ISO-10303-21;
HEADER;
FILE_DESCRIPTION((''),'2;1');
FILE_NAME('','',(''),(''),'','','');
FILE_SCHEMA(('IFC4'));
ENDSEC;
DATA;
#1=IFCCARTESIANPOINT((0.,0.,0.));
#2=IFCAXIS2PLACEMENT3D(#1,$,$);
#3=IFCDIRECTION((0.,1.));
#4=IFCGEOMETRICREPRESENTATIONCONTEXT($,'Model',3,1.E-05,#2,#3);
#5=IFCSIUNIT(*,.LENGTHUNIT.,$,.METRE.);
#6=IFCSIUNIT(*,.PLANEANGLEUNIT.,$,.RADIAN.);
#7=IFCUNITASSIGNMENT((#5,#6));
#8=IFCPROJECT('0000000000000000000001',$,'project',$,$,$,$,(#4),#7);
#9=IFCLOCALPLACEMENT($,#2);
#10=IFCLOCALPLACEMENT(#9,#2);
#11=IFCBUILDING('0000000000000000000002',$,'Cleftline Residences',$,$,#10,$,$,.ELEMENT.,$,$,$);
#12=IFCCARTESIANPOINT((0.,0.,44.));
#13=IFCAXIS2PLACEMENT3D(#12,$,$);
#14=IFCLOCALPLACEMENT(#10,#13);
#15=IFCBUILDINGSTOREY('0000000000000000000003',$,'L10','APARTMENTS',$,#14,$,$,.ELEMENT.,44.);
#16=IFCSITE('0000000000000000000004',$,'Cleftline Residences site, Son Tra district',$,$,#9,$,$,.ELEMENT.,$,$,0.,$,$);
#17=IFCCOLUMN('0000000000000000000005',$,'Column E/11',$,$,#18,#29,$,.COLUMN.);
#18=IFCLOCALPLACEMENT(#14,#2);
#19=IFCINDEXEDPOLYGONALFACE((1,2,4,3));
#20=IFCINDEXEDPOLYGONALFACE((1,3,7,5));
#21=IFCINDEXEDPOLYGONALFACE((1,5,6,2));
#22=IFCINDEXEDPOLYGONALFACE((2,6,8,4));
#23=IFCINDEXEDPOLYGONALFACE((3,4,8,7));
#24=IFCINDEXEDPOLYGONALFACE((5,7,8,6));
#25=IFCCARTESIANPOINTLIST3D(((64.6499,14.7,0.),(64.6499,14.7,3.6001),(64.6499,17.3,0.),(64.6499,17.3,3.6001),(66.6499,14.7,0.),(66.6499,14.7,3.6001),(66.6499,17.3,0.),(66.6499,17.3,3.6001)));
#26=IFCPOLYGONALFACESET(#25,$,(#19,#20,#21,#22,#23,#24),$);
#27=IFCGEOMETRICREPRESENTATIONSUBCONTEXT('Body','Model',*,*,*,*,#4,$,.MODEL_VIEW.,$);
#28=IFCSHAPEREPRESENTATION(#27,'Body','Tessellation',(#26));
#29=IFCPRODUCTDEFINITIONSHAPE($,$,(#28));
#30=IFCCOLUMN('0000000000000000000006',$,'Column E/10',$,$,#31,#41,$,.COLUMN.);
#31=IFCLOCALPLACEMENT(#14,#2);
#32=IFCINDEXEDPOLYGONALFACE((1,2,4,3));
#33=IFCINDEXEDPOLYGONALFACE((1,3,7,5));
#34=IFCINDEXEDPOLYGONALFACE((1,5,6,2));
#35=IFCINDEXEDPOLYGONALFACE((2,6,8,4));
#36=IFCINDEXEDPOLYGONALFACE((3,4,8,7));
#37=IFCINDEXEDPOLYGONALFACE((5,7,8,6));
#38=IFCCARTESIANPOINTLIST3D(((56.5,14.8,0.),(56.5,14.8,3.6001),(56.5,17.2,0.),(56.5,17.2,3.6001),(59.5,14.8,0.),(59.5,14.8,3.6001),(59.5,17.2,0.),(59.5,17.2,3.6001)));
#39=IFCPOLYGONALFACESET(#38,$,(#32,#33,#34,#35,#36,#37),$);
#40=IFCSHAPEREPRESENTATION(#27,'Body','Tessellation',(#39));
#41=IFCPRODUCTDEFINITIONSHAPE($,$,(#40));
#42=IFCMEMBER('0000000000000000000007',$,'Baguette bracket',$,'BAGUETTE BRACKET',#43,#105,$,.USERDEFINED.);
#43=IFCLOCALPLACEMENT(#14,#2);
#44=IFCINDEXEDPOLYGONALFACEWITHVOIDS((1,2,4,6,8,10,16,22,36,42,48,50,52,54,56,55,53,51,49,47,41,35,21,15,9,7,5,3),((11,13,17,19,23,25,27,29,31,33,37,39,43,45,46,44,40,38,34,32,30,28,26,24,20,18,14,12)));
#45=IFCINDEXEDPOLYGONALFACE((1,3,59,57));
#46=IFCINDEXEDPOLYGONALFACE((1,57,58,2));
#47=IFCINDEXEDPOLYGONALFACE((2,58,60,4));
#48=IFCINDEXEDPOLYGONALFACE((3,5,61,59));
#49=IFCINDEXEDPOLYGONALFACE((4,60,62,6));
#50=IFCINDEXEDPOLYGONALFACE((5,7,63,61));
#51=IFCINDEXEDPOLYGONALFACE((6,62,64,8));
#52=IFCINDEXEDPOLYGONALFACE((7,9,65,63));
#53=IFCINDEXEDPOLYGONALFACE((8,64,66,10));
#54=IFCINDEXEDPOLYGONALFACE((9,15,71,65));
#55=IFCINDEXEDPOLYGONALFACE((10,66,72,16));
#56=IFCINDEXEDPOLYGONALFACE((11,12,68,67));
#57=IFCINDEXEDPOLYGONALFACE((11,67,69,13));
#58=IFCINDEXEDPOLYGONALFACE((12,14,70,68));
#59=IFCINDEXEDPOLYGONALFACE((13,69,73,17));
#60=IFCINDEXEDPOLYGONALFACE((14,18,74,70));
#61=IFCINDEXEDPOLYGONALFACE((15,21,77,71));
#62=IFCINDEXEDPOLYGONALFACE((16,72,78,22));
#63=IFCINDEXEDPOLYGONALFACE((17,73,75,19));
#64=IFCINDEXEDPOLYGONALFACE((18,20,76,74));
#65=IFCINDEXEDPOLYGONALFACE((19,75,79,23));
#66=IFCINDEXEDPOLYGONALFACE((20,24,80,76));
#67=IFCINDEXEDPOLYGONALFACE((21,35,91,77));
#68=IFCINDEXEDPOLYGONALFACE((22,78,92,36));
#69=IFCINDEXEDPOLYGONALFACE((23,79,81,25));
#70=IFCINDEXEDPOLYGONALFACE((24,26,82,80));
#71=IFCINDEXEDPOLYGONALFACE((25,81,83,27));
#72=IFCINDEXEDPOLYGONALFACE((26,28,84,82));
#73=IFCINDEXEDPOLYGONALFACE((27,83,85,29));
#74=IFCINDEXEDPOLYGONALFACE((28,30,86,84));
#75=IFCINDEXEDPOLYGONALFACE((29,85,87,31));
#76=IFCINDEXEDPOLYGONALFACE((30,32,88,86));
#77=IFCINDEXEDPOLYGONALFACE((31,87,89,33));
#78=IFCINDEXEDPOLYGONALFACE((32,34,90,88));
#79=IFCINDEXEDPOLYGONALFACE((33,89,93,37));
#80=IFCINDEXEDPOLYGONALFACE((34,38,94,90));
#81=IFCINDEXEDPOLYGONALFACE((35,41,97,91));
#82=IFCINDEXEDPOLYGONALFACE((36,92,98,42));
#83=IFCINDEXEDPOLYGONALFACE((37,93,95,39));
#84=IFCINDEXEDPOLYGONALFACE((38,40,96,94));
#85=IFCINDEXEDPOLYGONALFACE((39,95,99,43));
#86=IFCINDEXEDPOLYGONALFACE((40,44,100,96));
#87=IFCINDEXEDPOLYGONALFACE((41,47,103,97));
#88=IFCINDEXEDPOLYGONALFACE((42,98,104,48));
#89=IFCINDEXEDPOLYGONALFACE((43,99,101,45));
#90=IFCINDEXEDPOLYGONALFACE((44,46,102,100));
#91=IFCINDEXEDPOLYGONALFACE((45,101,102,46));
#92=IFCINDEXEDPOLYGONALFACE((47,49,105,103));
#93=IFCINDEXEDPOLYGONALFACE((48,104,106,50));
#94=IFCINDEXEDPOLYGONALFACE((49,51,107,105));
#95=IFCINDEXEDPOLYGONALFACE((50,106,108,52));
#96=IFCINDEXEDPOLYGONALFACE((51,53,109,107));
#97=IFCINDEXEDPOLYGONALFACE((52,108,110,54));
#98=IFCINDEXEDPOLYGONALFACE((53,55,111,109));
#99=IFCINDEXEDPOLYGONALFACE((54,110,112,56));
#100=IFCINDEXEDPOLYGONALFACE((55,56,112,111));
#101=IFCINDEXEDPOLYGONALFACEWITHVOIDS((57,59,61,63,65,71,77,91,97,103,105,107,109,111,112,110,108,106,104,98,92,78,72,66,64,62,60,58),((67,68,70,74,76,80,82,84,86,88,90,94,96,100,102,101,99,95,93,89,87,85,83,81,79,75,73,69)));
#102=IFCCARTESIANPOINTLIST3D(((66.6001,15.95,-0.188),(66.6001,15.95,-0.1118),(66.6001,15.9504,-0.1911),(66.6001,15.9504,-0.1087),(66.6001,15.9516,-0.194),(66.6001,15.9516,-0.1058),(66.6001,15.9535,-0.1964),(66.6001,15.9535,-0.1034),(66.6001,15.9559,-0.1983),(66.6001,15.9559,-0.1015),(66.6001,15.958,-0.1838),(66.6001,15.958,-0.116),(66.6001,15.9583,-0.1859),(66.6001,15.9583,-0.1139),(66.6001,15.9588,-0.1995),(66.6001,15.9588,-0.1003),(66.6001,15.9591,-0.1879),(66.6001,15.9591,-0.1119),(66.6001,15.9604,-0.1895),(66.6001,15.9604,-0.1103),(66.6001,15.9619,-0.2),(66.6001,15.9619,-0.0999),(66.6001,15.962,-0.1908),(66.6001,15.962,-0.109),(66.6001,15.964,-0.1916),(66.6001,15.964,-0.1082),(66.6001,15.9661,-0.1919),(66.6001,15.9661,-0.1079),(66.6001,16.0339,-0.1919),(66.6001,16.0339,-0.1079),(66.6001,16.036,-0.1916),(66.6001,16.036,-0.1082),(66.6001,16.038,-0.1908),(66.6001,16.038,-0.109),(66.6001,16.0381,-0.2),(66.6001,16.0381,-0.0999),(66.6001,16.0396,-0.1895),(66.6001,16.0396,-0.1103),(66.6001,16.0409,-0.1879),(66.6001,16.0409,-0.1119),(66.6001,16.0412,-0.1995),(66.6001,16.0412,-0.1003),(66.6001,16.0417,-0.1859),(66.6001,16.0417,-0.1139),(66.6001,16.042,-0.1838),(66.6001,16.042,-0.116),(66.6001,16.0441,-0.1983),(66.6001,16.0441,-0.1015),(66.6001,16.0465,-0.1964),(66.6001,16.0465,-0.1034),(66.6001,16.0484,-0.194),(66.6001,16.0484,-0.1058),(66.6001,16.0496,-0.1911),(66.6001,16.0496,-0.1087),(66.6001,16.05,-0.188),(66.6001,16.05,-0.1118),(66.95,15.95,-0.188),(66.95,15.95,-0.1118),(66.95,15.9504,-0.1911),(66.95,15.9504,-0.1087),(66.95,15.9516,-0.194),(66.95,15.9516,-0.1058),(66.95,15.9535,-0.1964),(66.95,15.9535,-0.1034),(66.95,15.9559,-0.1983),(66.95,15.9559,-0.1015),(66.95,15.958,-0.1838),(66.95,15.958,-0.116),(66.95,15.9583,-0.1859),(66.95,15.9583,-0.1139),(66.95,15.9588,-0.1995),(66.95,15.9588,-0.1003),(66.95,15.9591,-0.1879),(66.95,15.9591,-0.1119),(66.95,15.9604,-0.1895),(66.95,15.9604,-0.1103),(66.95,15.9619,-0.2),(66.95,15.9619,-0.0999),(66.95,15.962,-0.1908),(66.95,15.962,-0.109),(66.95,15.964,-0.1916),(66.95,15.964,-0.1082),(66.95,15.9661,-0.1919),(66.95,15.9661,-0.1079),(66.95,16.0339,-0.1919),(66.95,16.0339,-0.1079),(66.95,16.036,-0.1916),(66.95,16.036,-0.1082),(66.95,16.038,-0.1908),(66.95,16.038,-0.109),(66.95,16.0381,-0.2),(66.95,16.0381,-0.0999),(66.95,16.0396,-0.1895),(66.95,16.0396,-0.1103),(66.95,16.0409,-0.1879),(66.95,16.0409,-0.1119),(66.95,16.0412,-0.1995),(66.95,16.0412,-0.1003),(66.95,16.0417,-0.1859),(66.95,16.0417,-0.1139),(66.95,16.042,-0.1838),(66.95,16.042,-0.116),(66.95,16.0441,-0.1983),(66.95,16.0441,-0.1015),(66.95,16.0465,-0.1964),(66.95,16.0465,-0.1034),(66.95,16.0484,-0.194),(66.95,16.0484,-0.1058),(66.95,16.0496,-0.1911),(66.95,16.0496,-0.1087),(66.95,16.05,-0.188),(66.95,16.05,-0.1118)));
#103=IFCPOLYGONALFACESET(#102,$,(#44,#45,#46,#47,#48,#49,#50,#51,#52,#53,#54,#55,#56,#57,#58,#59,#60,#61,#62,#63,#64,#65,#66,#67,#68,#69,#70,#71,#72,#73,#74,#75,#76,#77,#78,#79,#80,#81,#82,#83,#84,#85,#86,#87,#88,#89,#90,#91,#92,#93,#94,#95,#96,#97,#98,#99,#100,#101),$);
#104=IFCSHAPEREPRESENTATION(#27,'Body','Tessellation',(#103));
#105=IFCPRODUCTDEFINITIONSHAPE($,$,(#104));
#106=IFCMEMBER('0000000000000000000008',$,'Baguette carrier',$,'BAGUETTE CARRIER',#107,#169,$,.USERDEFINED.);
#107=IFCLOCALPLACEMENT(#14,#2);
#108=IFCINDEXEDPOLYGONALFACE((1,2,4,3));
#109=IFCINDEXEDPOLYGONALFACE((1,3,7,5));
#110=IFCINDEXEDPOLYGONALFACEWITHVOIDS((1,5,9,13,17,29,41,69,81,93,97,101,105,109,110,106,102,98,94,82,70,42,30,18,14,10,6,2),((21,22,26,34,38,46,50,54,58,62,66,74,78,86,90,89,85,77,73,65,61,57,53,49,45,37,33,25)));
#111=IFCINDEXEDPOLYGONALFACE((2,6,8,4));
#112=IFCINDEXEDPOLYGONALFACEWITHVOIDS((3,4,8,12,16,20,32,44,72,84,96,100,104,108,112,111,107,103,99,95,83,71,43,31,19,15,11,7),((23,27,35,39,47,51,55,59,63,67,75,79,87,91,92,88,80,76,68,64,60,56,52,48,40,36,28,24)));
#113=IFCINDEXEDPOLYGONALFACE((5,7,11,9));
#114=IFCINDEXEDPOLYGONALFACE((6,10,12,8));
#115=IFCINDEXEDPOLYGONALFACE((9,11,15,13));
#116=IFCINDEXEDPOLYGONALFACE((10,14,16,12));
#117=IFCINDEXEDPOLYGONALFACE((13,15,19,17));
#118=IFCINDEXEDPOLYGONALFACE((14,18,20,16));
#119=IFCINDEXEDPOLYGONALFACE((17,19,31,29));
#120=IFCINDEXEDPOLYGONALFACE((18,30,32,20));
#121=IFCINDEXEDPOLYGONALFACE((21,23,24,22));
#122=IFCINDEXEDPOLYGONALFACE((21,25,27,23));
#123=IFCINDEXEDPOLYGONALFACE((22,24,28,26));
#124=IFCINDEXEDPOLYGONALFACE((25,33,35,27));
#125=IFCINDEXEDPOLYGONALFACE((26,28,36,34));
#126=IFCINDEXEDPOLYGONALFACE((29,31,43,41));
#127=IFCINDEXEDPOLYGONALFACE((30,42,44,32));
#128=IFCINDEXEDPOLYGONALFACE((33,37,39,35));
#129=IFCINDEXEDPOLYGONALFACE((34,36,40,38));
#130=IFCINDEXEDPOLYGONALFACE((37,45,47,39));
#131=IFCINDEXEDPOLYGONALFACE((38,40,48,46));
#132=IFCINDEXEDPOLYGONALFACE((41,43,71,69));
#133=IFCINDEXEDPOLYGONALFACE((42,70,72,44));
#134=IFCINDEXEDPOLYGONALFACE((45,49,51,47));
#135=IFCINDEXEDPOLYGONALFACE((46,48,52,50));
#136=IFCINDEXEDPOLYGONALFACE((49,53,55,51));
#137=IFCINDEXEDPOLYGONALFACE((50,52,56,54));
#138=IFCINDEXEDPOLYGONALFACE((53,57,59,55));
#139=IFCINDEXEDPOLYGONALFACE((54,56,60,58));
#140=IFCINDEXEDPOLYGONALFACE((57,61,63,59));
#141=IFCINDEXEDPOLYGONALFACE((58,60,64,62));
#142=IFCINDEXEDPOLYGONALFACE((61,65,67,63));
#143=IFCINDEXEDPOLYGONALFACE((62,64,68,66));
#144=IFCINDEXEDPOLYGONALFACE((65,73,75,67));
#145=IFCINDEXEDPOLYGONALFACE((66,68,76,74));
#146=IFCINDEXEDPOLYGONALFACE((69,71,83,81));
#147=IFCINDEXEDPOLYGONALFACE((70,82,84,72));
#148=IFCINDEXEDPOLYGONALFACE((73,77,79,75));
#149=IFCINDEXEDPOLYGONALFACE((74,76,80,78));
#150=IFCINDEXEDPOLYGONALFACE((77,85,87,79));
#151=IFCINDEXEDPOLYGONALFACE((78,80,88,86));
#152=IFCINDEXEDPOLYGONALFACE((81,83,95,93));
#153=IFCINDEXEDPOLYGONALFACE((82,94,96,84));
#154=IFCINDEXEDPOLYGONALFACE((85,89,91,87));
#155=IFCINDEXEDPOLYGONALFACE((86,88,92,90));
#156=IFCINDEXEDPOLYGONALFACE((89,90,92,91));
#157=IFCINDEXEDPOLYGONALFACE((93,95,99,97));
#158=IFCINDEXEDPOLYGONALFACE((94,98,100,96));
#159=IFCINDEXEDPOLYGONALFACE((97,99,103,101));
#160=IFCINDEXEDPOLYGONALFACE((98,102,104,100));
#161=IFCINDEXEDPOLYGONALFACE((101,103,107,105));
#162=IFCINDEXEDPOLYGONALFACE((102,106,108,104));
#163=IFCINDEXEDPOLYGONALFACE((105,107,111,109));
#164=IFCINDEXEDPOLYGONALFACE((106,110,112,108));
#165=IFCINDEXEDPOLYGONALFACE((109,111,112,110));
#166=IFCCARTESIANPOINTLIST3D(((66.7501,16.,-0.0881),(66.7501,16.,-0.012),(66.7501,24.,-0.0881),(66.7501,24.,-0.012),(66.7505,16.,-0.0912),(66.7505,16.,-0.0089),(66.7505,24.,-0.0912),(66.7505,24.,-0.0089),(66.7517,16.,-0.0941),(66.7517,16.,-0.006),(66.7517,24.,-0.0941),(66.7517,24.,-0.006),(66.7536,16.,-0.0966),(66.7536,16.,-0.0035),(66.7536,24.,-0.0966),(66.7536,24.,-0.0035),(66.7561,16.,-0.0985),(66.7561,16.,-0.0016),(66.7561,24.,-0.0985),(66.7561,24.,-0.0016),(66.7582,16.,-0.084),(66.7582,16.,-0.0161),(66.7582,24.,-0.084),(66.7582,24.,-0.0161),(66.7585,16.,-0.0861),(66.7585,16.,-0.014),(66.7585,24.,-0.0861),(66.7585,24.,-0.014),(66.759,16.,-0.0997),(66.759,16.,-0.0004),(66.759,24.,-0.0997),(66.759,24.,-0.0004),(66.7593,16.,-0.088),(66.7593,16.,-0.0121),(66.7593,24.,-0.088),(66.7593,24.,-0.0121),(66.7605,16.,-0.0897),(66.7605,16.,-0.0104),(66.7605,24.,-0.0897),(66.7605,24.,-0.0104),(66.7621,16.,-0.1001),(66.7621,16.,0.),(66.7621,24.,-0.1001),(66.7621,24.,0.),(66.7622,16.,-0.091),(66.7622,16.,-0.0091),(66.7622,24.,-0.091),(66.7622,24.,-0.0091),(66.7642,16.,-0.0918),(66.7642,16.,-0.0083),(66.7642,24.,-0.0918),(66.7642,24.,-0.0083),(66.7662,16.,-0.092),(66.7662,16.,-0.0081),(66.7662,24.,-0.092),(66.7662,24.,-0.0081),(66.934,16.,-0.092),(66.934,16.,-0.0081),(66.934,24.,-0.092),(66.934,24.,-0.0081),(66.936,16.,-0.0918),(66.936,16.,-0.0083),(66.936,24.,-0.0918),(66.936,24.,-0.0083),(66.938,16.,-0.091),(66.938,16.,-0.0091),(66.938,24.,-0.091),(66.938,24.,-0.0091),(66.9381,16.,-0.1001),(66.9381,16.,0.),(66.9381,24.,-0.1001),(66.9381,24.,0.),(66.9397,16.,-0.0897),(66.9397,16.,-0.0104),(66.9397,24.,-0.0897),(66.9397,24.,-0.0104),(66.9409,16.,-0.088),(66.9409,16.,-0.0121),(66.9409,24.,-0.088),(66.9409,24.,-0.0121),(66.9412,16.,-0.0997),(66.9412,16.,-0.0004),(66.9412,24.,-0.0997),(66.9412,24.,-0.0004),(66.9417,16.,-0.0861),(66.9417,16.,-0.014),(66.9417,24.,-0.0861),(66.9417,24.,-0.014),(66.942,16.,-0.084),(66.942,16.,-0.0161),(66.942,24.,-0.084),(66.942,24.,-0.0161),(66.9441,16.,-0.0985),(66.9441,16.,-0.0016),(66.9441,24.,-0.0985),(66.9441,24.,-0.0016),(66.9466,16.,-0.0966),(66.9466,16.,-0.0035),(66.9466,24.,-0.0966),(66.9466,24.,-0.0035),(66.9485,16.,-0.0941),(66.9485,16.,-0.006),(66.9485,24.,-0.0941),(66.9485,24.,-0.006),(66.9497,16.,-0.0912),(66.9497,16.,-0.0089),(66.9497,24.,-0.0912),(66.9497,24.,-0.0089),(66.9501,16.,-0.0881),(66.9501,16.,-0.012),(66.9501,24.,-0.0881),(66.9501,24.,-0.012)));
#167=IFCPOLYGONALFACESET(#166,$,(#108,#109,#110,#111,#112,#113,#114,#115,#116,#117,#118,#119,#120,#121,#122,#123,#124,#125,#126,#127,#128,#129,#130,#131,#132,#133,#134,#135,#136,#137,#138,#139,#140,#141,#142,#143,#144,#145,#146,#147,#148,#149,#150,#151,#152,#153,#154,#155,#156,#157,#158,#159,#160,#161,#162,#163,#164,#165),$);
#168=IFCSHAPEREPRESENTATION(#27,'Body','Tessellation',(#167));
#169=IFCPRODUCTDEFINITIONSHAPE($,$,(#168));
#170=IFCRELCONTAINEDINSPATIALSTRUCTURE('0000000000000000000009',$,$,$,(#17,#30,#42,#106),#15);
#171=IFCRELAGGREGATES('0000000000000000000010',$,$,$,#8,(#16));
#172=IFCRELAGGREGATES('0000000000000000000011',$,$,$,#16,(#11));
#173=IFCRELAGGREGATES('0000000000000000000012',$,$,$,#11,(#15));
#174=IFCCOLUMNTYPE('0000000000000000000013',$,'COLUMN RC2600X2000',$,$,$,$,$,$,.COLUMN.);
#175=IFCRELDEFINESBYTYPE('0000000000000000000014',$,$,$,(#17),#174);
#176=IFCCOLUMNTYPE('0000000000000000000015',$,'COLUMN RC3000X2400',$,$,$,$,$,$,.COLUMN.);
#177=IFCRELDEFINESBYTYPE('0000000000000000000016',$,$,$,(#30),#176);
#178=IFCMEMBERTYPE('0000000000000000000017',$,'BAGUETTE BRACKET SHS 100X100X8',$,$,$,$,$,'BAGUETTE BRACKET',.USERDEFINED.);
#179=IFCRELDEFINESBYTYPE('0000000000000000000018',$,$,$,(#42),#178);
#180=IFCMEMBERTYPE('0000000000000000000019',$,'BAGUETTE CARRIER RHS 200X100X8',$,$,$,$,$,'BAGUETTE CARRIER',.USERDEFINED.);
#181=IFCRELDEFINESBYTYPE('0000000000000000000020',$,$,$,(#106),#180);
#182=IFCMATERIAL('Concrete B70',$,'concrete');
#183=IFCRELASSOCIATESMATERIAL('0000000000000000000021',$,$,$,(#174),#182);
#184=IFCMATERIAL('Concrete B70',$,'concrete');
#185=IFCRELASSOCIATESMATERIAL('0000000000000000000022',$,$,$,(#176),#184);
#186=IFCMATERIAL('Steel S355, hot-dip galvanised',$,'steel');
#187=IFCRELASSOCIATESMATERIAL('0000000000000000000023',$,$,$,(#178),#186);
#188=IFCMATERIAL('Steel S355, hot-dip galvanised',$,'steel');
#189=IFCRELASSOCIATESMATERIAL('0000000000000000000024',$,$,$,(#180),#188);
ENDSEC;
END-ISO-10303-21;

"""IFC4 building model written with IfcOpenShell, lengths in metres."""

from ifc_helpers import new_model, si_unit, direction, frame, origin, origin_2d, place, context, subcontext, project, spatial, rectangle, hollow_rectangle, extrude, material, material_profile, profile_set, type_object, element, save


model = new_model("IFC4")

# Units and contexts
model_context = context("Model", 3, precision=1e-05, world=origin(), true_north=direction((0.0, 1.0)))
body_context = subcontext(model_context, "Body", "Model", "MODEL_VIEW")
ifc_project = project(units=[si_unit("LENGTHUNIT", "METRE"), si_unit("PLANEANGLEUNIT", "RADIAN")], contexts=[model_context])

# Site, building, storey
site_placement = place(None, origin())
site = spatial("IfcSite", under=ifc_project, at=site_placement, Name="Cleftline Residences site, Son Tra district", CompositionType="ELEMENT", RefElevation=0.0)
building_placement = place(site_placement, origin())
building = spatial("IfcBuilding", under=site, at=building_placement, Name="Cleftline Residences", CompositionType="ELEMENT")
storey_placement = place(building_placement, frame((0.0, 0.0, 44.0)))
storey = spatial("IfcBuildingStorey", under=building, at=storey_placement, Name="L10", Description="APARTMENTS", CompositionType="ELEMENT", Elevation=44.0)

# Columns
ifc_material_1 = material(Name="Concrete B70", Category="concrete")
ifc_material_profile_1 = material_profile(ifc_material_1, rectangle(XDim=2.6001, YDim=2.0, at=origin_2d()))
ifc_profile_set_1 = profile_set([ifc_material_profile_1], Name="Concrete B70")
column_type_1 = type_object("IfcColumnType", Name="COLUMN RC2600X2000", PredefinedType="COLUMN", material=ifc_profile_set_1)
column_1_placement = place(storey_placement, frame((65.6499, 16.0, 0.0), z_axis=(0.0, 0.0, 1.0), x_axis=(0.0, 1.0, 0.0)))
element("IfcColumn", 1, at=column_1_placement, inside=storey, type_object=column_type_1, Name="Column E/11", PredefinedType="COLUMN", context=body_context, shape_type="SweptSolid", body=[
    extrude(rectangle(XDim=2.6001, YDim=2.0, at=origin_2d()), origin(), (0.0, 0.0, 1.0), 3.6001),
])
ifc_material_2 = material(Name="Concrete B70", Category="concrete")
ifc_material_profile_2 = material_profile(ifc_material_2, rectangle(XDim=3.0, YDim=2.3999, at=origin_2d()))
ifc_profile_set_2 = profile_set([ifc_material_profile_2], Name="Concrete B70")
column_type_2 = type_object("IfcColumnType", Name="COLUMN RC3000X2400", PredefinedType="COLUMN", material=ifc_profile_set_2)
column_2_placement = place(storey_placement, frame((58.0, 16.0, 0.0), z_axis=(0.0, 0.0, 1.0), x_axis=(1.0, 0.0, 0.0)))
element("IfcColumn", 2, at=column_2_placement, inside=storey, type_object=column_type_2, Name="Column E/10", PredefinedType="COLUMN", context=body_context, shape_type="SweptSolid", body=[
    extrude(rectangle(XDim=3.0, YDim=2.3999, at=origin_2d()), origin(), (0.0, 0.0, 1.0), 3.6001),
])

# Members
ifc_material_3 = material(Name="Steel S355, hot-dip galvanised", Category="steel")
ifc_material_profile_3 = material_profile(ifc_material_3, hollow_rectangle(XDim=0.1001, YDim=0.1001, WallThickness=0.0081, InnerFilletRadius=0.0081, OuterFilletRadius=0.012, at=origin_2d()))
ifc_profile_set_3 = profile_set([ifc_material_profile_3], Name="Steel S355, hot-dip galvanised")
member_type_1 = type_object("IfcMemberType", Name="BAGUETTE BRACKET SHS 100X100X8", ElementType="BAGUETTE BRACKET", PredefinedType="USERDEFINED", material=ifc_profile_set_3)
member_1_placement = place(storey_placement, frame((66.6001, 16.0, -0.1499), z_axis=(1.0, 0.0, 0.0), x_axis=(0.0, 1.0, 0.0)))
element("IfcMember", 3, at=member_1_placement, inside=storey, type_object=member_type_1, Name="Baguette bracket", ObjectType="BAGUETTE BRACKET", PredefinedType="USERDEFINED", context=body_context, shape_type="SweptSolid", body=[
    extrude(hollow_rectangle(XDim=0.1001, YDim=0.1001, WallThickness=0.0081, InnerFilletRadius=0.0081, OuterFilletRadius=0.012, at=origin_2d()), origin(), (0.0, 0.0, 1.0), 0.3499),
])
ifc_material_4 = material(Name="Steel S355, hot-dip galvanised", Category="steel")
ifc_material_profile_4 = material_profile(ifc_material_4, hollow_rectangle(XDim=0.1001, YDim=0.2, WallThickness=0.0081, InnerFilletRadius=0.0081, OuterFilletRadius=0.012, at=origin_2d()))
ifc_profile_set_4 = profile_set([ifc_material_profile_4], Name="Steel S355, hot-dip galvanised")
member_type_2 = type_object("IfcMemberType", Name="BAGUETTE CARRIER RHS 200X100X8", ElementType="BAGUETTE CARRIER", PredefinedType="USERDEFINED", material=ifc_profile_set_4)
member_2_placement = place(storey_placement, frame((66.8501, 16.0, -0.05), z_axis=(0.0, 1.0, 0.0), x_axis=(0.0, 0.0, 1.0)))
element("IfcMember", 4, at=member_2_placement, inside=storey, type_object=member_type_2, Name="Baguette carrier", ObjectType="BAGUETTE CARRIER", PredefinedType="USERDEFINED", context=body_context, shape_type="SweptSolid", body=[
    extrude(hollow_rectangle(XDim=0.1001, YDim=0.2, WallThickness=0.0081, InnerFilletRadius=0.0081, OuterFilletRadius=0.012, at=origin_2d()), origin(), (0.0, 0.0, 1.0), 8.0),
])

save(model, "model.ifc")
